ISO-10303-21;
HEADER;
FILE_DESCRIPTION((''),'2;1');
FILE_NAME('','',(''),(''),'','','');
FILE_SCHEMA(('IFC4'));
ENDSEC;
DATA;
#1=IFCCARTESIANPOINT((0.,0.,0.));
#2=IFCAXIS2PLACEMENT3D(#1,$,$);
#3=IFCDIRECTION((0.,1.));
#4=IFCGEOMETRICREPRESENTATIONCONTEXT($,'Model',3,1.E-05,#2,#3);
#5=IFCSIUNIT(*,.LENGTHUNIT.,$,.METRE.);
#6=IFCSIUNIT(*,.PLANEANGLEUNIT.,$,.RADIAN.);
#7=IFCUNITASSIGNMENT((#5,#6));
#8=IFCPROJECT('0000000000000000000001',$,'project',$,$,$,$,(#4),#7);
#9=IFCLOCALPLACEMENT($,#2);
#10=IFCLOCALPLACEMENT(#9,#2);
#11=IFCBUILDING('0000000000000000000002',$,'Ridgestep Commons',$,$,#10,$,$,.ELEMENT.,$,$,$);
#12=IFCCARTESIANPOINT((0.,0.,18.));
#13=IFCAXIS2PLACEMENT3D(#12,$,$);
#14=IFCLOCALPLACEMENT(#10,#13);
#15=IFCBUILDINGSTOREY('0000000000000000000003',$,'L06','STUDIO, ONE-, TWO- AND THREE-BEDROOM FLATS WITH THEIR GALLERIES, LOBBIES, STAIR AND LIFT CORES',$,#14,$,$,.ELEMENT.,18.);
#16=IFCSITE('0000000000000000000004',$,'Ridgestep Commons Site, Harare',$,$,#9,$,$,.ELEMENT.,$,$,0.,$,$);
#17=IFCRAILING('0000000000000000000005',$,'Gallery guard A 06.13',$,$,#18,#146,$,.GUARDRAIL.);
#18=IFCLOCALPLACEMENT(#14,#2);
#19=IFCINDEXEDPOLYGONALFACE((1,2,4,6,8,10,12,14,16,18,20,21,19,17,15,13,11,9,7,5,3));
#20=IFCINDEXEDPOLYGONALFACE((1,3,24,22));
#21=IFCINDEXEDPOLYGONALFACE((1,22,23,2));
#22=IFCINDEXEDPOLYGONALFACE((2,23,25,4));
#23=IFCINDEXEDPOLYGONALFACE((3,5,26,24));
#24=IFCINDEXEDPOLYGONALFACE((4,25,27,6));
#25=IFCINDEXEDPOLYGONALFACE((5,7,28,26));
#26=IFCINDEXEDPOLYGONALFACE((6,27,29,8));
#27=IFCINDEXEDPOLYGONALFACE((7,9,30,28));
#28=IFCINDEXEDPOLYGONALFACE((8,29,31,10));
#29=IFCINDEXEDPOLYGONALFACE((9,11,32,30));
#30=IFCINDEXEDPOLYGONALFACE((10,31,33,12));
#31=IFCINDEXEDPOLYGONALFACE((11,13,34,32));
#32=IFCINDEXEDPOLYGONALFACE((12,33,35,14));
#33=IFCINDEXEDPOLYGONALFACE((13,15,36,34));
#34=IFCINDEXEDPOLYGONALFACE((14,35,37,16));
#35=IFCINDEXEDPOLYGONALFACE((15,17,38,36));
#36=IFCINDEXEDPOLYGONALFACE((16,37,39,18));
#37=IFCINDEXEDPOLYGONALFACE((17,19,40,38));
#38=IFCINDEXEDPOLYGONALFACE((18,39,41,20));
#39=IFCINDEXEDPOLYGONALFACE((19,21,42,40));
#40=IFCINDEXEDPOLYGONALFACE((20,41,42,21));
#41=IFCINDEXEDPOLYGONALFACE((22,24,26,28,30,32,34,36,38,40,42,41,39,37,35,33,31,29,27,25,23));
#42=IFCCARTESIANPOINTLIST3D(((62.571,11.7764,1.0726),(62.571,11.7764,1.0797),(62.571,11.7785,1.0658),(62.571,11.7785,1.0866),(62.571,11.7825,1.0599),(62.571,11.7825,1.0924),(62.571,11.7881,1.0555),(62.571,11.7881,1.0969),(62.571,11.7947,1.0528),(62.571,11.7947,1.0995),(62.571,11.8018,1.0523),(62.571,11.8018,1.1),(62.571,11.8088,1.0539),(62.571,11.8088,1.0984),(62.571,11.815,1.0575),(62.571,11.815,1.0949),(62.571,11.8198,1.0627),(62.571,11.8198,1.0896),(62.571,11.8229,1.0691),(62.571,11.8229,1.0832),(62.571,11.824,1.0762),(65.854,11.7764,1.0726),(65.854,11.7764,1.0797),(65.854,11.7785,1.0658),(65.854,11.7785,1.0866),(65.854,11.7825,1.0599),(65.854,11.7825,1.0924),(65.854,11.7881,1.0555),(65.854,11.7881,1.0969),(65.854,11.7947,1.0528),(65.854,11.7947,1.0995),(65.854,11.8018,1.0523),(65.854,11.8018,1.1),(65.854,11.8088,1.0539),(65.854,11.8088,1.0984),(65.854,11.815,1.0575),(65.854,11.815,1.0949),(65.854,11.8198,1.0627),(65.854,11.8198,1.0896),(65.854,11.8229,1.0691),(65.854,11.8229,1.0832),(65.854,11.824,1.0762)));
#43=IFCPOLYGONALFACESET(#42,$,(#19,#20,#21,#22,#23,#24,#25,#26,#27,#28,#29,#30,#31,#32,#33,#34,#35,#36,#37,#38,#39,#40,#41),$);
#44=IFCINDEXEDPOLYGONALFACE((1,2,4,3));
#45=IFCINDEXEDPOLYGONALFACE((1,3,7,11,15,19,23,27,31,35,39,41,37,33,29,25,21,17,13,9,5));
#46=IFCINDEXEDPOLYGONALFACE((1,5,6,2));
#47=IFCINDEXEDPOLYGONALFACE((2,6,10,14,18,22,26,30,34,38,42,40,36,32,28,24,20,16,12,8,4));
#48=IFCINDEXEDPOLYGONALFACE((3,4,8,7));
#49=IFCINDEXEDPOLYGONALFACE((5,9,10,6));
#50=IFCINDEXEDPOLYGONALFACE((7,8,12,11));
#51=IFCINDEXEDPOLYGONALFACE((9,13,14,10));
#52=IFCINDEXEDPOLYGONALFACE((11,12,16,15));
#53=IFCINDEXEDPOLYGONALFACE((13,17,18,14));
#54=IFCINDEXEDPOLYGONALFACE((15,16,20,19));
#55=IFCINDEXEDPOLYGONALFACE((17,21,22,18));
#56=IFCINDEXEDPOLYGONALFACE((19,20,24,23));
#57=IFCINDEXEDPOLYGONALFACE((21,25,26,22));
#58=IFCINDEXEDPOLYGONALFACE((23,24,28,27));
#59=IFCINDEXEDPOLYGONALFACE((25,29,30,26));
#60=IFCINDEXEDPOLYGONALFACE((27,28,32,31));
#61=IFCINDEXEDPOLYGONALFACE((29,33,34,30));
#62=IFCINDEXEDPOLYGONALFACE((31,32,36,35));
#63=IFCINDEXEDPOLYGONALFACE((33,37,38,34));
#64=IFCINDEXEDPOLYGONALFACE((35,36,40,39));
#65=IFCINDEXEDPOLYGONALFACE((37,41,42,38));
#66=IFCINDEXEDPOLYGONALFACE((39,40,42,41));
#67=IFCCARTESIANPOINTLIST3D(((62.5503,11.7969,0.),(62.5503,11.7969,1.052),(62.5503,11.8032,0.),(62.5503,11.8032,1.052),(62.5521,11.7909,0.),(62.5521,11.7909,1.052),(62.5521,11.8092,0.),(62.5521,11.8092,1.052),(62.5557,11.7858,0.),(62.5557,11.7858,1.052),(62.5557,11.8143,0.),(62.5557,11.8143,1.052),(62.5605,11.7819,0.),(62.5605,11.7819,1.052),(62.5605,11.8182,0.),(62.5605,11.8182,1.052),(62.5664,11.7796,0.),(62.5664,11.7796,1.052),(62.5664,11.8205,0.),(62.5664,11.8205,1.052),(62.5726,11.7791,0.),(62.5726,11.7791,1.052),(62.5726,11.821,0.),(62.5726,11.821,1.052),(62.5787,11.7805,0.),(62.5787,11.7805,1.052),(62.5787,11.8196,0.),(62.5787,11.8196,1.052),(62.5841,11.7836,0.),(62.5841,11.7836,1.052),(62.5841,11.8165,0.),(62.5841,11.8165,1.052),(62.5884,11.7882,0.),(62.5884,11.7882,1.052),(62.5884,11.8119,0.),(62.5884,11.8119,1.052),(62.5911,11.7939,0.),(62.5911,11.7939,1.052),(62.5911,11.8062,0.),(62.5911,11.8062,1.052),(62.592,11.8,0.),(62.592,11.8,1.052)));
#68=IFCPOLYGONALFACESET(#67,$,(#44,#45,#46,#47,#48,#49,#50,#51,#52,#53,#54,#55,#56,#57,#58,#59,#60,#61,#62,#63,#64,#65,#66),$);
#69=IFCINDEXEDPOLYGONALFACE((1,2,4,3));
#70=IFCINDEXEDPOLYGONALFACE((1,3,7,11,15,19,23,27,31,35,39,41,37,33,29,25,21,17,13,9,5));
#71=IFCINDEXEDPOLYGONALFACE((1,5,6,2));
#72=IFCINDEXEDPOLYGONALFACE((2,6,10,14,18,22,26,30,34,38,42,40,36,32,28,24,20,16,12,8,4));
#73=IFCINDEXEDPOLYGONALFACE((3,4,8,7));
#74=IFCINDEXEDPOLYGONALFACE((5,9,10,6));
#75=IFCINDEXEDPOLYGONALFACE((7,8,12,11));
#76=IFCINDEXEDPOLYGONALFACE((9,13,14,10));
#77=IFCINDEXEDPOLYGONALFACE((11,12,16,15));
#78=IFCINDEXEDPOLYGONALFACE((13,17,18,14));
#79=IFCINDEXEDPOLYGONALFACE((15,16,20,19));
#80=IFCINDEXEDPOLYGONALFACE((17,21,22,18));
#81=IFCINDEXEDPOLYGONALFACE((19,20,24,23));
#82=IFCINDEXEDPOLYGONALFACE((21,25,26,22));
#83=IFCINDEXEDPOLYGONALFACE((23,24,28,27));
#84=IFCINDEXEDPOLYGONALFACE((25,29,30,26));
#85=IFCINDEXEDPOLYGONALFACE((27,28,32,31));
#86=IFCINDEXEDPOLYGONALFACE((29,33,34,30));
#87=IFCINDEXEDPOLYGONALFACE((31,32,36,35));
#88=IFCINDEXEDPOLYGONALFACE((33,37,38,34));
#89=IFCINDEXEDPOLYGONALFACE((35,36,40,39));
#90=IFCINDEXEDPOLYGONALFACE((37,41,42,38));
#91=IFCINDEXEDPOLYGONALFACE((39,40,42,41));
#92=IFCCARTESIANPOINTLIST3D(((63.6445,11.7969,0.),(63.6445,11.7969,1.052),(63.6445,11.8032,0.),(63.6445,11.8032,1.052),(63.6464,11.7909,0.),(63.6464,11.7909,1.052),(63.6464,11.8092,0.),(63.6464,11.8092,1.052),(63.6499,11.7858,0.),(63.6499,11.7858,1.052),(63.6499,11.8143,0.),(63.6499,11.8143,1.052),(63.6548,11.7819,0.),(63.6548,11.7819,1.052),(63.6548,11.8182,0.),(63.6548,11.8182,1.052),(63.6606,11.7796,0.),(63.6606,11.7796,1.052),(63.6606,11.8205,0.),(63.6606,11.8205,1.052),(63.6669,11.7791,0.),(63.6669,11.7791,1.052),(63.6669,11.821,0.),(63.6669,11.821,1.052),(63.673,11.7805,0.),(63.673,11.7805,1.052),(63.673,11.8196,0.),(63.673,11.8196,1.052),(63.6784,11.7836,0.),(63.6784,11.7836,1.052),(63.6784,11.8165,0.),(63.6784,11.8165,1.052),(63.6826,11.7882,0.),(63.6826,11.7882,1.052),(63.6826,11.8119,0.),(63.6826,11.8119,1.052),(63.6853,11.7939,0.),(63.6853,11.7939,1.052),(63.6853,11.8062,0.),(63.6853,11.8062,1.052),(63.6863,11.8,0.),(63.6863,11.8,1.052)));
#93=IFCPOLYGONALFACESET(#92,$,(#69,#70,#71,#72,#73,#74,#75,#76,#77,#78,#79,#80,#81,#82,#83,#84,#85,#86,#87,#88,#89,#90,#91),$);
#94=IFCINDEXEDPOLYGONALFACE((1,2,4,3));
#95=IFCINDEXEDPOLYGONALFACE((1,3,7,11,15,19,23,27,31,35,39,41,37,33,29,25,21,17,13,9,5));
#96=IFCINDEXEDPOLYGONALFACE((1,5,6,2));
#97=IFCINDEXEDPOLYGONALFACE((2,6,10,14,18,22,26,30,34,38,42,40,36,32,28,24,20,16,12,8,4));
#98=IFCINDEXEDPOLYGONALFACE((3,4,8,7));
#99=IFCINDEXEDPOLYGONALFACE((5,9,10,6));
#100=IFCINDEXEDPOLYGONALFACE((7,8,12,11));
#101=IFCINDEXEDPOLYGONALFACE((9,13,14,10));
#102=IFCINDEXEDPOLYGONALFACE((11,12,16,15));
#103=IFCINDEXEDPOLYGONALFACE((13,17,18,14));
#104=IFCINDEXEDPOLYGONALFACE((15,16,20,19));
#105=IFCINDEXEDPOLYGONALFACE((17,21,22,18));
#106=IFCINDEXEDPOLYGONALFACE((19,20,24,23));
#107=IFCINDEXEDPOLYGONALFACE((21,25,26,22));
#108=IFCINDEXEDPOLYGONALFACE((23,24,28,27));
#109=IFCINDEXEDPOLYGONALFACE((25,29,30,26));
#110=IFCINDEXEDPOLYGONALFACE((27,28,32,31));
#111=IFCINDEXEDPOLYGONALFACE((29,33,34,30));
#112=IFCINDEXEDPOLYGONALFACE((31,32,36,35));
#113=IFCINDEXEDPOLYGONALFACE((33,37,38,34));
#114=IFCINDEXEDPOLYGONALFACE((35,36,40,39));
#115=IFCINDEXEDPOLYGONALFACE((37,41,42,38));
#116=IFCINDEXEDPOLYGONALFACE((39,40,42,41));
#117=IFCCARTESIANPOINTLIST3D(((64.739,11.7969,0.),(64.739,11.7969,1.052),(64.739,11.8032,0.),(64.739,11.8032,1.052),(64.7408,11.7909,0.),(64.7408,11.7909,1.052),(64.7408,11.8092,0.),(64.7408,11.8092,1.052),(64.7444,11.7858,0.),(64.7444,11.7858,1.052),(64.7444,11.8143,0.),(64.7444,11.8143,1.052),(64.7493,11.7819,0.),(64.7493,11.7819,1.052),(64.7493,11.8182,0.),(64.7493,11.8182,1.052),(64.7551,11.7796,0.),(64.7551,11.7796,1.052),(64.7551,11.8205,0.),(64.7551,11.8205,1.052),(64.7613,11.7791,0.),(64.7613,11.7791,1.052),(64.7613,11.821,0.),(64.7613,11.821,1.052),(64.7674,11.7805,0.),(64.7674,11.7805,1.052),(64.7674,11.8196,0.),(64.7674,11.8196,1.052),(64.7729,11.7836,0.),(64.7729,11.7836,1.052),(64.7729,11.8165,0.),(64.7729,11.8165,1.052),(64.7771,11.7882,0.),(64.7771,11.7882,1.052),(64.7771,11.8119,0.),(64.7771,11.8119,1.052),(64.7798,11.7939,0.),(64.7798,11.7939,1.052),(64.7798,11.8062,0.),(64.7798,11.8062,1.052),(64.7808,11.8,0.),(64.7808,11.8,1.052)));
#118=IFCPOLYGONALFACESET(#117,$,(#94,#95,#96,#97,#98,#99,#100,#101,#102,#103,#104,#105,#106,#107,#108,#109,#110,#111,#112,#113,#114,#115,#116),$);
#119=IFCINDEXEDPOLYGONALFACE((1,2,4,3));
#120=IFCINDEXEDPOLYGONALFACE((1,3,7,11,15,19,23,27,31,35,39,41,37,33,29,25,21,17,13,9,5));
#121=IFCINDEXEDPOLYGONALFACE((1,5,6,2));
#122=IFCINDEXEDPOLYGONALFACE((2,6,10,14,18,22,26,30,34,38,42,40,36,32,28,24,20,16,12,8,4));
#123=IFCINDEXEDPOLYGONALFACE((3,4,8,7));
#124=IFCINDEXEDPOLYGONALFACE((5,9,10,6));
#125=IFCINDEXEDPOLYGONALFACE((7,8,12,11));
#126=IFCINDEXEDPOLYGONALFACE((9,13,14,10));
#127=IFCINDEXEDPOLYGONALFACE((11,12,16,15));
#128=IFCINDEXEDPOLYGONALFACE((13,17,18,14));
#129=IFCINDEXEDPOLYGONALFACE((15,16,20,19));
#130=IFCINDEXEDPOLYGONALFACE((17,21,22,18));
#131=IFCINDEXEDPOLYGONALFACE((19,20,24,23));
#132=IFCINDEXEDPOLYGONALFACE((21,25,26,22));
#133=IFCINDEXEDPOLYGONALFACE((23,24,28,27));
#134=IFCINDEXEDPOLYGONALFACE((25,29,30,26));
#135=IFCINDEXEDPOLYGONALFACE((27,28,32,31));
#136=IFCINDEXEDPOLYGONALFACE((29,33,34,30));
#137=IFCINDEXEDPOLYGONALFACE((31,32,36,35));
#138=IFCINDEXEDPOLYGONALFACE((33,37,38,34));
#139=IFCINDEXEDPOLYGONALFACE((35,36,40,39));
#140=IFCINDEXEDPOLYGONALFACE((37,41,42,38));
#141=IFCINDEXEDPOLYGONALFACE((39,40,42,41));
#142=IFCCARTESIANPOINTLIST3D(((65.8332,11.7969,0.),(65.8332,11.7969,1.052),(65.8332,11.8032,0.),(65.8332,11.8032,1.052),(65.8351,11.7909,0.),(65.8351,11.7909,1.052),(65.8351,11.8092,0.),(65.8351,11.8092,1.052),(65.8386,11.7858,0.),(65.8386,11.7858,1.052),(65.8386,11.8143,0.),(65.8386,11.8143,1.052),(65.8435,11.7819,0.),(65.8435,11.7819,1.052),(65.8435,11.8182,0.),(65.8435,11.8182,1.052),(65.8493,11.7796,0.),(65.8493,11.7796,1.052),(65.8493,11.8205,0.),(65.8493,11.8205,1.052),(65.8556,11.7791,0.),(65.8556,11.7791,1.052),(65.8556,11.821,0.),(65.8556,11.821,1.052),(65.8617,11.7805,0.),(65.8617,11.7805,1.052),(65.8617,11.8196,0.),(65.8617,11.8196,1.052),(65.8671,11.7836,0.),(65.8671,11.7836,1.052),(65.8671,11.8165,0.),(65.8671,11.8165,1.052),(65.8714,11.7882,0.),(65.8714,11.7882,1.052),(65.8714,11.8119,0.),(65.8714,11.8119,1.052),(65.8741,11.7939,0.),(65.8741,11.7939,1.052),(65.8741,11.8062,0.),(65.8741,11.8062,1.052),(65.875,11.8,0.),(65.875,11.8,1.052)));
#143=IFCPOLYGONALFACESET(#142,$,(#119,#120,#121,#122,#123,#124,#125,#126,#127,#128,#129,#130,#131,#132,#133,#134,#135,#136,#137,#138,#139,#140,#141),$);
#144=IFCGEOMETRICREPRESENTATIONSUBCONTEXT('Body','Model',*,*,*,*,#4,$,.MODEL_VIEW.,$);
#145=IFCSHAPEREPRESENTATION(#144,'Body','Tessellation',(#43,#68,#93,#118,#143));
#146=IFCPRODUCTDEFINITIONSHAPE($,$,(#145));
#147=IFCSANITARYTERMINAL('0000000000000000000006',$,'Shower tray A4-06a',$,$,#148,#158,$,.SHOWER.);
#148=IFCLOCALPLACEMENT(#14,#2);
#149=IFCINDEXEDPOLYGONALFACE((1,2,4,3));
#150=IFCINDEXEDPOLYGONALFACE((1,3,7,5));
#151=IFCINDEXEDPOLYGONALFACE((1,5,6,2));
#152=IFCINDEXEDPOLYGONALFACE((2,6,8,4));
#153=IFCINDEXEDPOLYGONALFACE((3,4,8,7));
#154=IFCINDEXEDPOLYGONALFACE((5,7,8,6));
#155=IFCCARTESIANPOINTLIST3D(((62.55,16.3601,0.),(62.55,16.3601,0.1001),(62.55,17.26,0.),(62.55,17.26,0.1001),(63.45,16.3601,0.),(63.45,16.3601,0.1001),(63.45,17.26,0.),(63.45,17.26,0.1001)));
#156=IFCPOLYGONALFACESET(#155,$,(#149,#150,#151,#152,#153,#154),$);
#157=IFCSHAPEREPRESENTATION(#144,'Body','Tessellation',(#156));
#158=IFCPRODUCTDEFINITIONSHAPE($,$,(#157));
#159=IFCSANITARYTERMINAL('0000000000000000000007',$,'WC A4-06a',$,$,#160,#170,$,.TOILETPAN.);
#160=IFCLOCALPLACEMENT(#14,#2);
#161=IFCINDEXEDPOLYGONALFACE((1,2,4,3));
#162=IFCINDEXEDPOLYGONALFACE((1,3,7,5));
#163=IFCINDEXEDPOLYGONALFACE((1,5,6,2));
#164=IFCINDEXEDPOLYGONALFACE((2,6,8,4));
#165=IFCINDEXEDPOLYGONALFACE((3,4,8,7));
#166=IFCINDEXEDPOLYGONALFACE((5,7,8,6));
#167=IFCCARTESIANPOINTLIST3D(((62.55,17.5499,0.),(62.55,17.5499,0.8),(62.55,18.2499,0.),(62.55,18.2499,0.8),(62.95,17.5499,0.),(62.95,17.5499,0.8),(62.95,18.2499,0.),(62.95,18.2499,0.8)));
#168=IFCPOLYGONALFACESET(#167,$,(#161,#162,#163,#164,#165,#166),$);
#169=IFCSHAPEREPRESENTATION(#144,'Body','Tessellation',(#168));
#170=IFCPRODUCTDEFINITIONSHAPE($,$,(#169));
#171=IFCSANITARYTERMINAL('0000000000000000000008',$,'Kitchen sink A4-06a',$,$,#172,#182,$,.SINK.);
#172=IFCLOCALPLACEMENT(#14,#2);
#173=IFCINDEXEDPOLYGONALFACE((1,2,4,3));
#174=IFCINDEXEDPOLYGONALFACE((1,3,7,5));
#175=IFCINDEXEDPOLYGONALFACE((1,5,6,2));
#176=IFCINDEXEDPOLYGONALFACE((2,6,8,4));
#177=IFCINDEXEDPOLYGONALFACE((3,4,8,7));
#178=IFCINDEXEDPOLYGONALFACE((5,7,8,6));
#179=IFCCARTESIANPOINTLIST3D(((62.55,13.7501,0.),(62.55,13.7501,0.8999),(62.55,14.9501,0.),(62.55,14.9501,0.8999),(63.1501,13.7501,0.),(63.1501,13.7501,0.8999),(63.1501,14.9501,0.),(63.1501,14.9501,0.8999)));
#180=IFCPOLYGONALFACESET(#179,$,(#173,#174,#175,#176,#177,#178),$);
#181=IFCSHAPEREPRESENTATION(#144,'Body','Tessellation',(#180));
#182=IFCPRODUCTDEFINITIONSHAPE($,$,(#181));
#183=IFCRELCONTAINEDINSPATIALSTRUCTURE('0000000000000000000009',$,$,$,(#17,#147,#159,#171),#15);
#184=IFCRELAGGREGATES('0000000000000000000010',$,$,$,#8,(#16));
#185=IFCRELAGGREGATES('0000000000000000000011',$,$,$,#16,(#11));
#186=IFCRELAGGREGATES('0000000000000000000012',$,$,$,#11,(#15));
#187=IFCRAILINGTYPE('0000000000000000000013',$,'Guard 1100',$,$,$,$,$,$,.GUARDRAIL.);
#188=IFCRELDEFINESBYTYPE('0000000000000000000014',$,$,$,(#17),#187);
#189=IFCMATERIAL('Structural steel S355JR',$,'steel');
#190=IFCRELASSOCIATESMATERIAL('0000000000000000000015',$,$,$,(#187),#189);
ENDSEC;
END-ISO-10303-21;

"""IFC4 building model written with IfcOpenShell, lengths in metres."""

from ifc_helpers import new_model, si_unit, direction, frame, origin, origin_2d, place, context, subcontext, project, spatial, rectangle, circle, extrude, material, type_object, element, save


model = new_model("IFC4")

# Units and contexts
model_context = context("Model", 3, precision=1e-05, world=origin(), true_north=direction((0.0, 1.0)))
body_context = subcontext(model_context, "Body", "Model", "MODEL_VIEW")
ifc_project = project(units=[si_unit("LENGTHUNIT", "METRE"), si_unit("PLANEANGLEUNIT", "RADIAN")], contexts=[model_context])

# Site, building, storey
site_placement = place(None, origin())
site = spatial("IfcSite", under=ifc_project, at=site_placement, Name="Ridgestep Commons Site, Harare", CompositionType="ELEMENT", RefElevation=0.0)
building_placement = place(site_placement, origin())
building = spatial("IfcBuilding", under=site, at=building_placement, Name="Ridgestep Commons", CompositionType="ELEMENT")
storey_placement = place(building_placement, frame((0.0, 0.0, 18.0)))
storey = spatial("IfcBuildingStorey", under=building, at=storey_placement, Name="L06", Description="STUDIO, ONE-, TWO- AND THREE-BEDROOM FLATS WITH THEIR GALLERIES, LOBBIES, STAIR AND LIFT CORES", CompositionType="ELEMENT", Elevation=18.0)

# Railing
ifc_material_1 = material(Name="Structural steel S355JR", Category="steel")
railing_type = type_object("IfcRailingType", Name="Guard 1100", PredefinedType="GUARDRAIL", material=ifc_material_1)
for number, where, name in (
    (1, (62.571, 11.8, 0.0), "Gallery guard A 06.13"),
):
    element("IfcRailing", number, at=place(storey_placement, frame(where)), inside=storey, type_object=railing_type, Name=name, PredefinedType="GUARDRAIL", context=body_context, shape_type="SweptSolid", body=[
        extrude(circle(Radius=0.0239, at=origin_2d()), frame((0.0, 0.0, 1.0762), z_axis=(1.0, 0.0, 0.0), x_axis=(0.0, 1.0, 0.0)), (0.0, 0.0, 1.0), 3.283),
        extrude(circle(Radius=0.021, at=origin_2d()), origin(), (0.0, 0.0, 1.0), 1.052),
        extrude(circle(Radius=0.021, at=origin_2d()), frame((1.0942, 0.0, 0.0)), (0.0, 0.0, 1.0), 1.052),
        extrude(circle(Radius=0.021, at=origin_2d()), frame((2.1887, 0.0, 0.0)), (0.0, 0.0, 1.0), 1.052),
        extrude(circle(Radius=0.021, at=origin_2d()), frame((3.283, 0.0, 0.0)), (0.0, 0.0, 1.0), 1.052),
    ])

# Sanitary terminals
sanitary_terminal_1_placement = place(storey_placement, frame((63.0, 16.8101, 0.0), z_axis=(0.0, 0.0, 1.0), x_axis=(1.0, 0.0, 0.0)))
element("IfcSanitaryTerminal", 2, at=sanitary_terminal_1_placement, inside=storey, Name="Shower tray A4-06a", PredefinedType="SHOWER", context=body_context, shape_type="SweptSolid", body=[
    extrude(rectangle(XDim=0.8999, YDim=0.8999, at=origin_2d()), origin(), (0.0, 0.0, 1.0), 0.1001),
])
sanitary_terminal_2_placement = place(storey_placement, frame((62.75, 17.8999, 0.0), z_axis=(0.0, 0.0, 1.0), x_axis=(1.0, 0.0, 0.0)))
element("IfcSanitaryTerminal", 3, at=sanitary_terminal_2_placement, inside=storey, Name="WC A4-06a", PredefinedType="TOILETPAN", context=body_context, shape_type="SweptSolid", body=[
    extrude(rectangle(XDim=0.3999, YDim=0.7, at=origin_2d()), origin(), (0.0, 0.0, 1.0), 0.8),
])
sanitary_terminal_3_placement = place(storey_placement, frame((62.8501, 14.3501, 0.0), z_axis=(0.0, 0.0, 1.0), x_axis=(1.0, 0.0, 0.0)))
element("IfcSanitaryTerminal", 4, at=sanitary_terminal_3_placement, inside=storey, Name="Kitchen sink A4-06a", PredefinedType="SINK", context=body_context, shape_type="SweptSolid", body=[
    extrude(rectangle(XDim=0.6001, YDim=1.2, at=origin_2d()), origin(), (0.0, 0.0, 1.0), 0.8999),
])

save(model, "model.ifc")
